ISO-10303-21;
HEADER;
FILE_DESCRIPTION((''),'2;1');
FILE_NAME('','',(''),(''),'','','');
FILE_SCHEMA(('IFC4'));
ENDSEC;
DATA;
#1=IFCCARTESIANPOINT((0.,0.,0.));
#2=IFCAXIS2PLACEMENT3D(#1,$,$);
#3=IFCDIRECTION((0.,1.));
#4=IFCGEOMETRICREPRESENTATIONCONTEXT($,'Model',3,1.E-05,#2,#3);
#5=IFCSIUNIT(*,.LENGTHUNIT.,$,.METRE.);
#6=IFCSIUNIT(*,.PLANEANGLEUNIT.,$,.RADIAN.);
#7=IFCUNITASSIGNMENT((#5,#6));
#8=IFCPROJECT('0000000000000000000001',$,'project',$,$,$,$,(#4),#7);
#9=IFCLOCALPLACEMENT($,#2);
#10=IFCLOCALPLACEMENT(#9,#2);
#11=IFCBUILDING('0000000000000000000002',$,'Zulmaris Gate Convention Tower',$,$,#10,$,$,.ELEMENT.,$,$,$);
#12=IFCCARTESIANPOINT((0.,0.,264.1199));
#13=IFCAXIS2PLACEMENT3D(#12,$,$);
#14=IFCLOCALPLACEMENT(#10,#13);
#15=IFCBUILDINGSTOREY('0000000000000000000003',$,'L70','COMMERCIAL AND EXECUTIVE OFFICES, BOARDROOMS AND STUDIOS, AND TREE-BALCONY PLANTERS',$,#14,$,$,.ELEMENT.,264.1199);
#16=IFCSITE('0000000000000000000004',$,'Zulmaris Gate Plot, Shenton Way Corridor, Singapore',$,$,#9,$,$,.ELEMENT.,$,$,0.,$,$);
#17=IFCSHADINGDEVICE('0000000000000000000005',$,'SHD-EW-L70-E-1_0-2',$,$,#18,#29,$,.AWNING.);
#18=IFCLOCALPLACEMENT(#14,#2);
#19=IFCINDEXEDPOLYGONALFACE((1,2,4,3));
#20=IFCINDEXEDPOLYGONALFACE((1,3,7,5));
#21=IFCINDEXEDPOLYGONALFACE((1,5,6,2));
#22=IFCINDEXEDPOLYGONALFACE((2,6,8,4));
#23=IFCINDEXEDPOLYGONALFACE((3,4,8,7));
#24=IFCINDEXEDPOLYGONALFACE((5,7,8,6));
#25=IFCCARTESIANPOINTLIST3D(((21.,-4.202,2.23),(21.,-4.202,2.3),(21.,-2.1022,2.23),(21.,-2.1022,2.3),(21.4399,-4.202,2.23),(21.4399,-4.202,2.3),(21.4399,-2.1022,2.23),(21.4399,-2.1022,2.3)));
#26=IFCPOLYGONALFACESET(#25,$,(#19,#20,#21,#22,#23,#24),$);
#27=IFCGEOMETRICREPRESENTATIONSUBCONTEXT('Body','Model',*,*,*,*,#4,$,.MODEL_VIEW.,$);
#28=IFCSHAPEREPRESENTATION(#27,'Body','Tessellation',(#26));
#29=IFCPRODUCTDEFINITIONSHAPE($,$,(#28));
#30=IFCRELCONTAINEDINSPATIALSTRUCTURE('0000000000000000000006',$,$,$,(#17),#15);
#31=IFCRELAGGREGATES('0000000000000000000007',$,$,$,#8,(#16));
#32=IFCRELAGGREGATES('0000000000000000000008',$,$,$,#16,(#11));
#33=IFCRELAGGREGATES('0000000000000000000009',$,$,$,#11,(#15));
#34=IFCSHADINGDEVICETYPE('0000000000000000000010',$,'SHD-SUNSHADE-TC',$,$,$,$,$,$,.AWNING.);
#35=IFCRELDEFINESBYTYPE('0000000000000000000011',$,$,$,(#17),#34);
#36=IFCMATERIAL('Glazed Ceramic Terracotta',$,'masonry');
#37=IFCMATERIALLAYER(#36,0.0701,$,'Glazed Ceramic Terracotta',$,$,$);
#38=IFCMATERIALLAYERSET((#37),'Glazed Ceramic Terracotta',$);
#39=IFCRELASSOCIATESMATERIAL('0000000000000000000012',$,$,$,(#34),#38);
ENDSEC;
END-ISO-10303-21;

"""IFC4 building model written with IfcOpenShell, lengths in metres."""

from ifc_helpers import new_model, si_unit, direction, frame, frame_2d, origin, place, context, subcontext, project, spatial, rectangle, extrude, material, layer, layer_set, type_object, element, save


model = new_model("IFC4")

# Units and contexts
model_context = context("Model", 3, precision=1e-05, world=origin(), true_north=direction((0.0, 1.0)))
body_context = subcontext(model_context, "Body", "Model", "MODEL_VIEW")
ifc_project = project(units=[si_unit("LENGTHUNIT", "METRE"), si_unit("PLANEANGLEUNIT", "RADIAN")], contexts=[model_context])

# Site, building, storey
site_placement = place(None, origin())
site = spatial("IfcSite", under=ifc_project, at=site_placement, Name="Zulmaris Gate Plot, Shenton Way Corridor, Singapore", CompositionType="ELEMENT", RefElevation=0.0)
building_placement = place(site_placement, origin())
building = spatial("IfcBuilding", under=site, at=building_placement, Name="Zulmaris Gate Convention Tower", CompositionType="ELEMENT")
storey_placement = place(building_placement, frame((0.0, 0.0, 264.1199)))
storey = spatial("IfcBuildingStorey", under=building, at=storey_placement, Name="L70", Description="COMMERCIAL AND EXECUTIVE OFFICES, BOARDROOMS AND STUDIOS, AND TREE-BALCONY PLANTERS", CompositionType="ELEMENT", Elevation=264.1199)

# Shading device
ifc_material_1 = material(Name="Glazed Ceramic Terracotta", Category="masonry")
ifc_layer_1 = layer(ifc_material_1, 0.0701, Name="Glazed Ceramic Terracotta")
ifc_layer_set_1 = layer_set([ifc_layer_1], Name="Glazed Ceramic Terracotta")
shading_device_type = type_object("IfcShadingDeviceType", Name="SHD-SUNSHADE-TC", PredefinedType="AWNING", material=ifc_layer_set_1)
for number, where, z_axis, x_axis, name in (
    (1, (21.22, -4.2019, 2.23), (0.0, 0.0, 1.0), (0.0, 1.0, 0.0), "SHD-EW-L70-E-1_0-2"),
):
    element("IfcShadingDevice", number, at=place(storey_placement, frame(where, z_axis=z_axis, x_axis=x_axis)), inside=storey, type_object=shading_device_type, Name=name, PredefinedType="AWNING", context=body_context, shape_type="SweptSolid", body=[
        extrude(rectangle(XDim=2.0999, YDim=0.4399, at=frame_2d((1.0498, 0.0))), origin(), (0.0, 0.0, 1.0), 0.0701),
    ])

save(model, "model.ifc")
